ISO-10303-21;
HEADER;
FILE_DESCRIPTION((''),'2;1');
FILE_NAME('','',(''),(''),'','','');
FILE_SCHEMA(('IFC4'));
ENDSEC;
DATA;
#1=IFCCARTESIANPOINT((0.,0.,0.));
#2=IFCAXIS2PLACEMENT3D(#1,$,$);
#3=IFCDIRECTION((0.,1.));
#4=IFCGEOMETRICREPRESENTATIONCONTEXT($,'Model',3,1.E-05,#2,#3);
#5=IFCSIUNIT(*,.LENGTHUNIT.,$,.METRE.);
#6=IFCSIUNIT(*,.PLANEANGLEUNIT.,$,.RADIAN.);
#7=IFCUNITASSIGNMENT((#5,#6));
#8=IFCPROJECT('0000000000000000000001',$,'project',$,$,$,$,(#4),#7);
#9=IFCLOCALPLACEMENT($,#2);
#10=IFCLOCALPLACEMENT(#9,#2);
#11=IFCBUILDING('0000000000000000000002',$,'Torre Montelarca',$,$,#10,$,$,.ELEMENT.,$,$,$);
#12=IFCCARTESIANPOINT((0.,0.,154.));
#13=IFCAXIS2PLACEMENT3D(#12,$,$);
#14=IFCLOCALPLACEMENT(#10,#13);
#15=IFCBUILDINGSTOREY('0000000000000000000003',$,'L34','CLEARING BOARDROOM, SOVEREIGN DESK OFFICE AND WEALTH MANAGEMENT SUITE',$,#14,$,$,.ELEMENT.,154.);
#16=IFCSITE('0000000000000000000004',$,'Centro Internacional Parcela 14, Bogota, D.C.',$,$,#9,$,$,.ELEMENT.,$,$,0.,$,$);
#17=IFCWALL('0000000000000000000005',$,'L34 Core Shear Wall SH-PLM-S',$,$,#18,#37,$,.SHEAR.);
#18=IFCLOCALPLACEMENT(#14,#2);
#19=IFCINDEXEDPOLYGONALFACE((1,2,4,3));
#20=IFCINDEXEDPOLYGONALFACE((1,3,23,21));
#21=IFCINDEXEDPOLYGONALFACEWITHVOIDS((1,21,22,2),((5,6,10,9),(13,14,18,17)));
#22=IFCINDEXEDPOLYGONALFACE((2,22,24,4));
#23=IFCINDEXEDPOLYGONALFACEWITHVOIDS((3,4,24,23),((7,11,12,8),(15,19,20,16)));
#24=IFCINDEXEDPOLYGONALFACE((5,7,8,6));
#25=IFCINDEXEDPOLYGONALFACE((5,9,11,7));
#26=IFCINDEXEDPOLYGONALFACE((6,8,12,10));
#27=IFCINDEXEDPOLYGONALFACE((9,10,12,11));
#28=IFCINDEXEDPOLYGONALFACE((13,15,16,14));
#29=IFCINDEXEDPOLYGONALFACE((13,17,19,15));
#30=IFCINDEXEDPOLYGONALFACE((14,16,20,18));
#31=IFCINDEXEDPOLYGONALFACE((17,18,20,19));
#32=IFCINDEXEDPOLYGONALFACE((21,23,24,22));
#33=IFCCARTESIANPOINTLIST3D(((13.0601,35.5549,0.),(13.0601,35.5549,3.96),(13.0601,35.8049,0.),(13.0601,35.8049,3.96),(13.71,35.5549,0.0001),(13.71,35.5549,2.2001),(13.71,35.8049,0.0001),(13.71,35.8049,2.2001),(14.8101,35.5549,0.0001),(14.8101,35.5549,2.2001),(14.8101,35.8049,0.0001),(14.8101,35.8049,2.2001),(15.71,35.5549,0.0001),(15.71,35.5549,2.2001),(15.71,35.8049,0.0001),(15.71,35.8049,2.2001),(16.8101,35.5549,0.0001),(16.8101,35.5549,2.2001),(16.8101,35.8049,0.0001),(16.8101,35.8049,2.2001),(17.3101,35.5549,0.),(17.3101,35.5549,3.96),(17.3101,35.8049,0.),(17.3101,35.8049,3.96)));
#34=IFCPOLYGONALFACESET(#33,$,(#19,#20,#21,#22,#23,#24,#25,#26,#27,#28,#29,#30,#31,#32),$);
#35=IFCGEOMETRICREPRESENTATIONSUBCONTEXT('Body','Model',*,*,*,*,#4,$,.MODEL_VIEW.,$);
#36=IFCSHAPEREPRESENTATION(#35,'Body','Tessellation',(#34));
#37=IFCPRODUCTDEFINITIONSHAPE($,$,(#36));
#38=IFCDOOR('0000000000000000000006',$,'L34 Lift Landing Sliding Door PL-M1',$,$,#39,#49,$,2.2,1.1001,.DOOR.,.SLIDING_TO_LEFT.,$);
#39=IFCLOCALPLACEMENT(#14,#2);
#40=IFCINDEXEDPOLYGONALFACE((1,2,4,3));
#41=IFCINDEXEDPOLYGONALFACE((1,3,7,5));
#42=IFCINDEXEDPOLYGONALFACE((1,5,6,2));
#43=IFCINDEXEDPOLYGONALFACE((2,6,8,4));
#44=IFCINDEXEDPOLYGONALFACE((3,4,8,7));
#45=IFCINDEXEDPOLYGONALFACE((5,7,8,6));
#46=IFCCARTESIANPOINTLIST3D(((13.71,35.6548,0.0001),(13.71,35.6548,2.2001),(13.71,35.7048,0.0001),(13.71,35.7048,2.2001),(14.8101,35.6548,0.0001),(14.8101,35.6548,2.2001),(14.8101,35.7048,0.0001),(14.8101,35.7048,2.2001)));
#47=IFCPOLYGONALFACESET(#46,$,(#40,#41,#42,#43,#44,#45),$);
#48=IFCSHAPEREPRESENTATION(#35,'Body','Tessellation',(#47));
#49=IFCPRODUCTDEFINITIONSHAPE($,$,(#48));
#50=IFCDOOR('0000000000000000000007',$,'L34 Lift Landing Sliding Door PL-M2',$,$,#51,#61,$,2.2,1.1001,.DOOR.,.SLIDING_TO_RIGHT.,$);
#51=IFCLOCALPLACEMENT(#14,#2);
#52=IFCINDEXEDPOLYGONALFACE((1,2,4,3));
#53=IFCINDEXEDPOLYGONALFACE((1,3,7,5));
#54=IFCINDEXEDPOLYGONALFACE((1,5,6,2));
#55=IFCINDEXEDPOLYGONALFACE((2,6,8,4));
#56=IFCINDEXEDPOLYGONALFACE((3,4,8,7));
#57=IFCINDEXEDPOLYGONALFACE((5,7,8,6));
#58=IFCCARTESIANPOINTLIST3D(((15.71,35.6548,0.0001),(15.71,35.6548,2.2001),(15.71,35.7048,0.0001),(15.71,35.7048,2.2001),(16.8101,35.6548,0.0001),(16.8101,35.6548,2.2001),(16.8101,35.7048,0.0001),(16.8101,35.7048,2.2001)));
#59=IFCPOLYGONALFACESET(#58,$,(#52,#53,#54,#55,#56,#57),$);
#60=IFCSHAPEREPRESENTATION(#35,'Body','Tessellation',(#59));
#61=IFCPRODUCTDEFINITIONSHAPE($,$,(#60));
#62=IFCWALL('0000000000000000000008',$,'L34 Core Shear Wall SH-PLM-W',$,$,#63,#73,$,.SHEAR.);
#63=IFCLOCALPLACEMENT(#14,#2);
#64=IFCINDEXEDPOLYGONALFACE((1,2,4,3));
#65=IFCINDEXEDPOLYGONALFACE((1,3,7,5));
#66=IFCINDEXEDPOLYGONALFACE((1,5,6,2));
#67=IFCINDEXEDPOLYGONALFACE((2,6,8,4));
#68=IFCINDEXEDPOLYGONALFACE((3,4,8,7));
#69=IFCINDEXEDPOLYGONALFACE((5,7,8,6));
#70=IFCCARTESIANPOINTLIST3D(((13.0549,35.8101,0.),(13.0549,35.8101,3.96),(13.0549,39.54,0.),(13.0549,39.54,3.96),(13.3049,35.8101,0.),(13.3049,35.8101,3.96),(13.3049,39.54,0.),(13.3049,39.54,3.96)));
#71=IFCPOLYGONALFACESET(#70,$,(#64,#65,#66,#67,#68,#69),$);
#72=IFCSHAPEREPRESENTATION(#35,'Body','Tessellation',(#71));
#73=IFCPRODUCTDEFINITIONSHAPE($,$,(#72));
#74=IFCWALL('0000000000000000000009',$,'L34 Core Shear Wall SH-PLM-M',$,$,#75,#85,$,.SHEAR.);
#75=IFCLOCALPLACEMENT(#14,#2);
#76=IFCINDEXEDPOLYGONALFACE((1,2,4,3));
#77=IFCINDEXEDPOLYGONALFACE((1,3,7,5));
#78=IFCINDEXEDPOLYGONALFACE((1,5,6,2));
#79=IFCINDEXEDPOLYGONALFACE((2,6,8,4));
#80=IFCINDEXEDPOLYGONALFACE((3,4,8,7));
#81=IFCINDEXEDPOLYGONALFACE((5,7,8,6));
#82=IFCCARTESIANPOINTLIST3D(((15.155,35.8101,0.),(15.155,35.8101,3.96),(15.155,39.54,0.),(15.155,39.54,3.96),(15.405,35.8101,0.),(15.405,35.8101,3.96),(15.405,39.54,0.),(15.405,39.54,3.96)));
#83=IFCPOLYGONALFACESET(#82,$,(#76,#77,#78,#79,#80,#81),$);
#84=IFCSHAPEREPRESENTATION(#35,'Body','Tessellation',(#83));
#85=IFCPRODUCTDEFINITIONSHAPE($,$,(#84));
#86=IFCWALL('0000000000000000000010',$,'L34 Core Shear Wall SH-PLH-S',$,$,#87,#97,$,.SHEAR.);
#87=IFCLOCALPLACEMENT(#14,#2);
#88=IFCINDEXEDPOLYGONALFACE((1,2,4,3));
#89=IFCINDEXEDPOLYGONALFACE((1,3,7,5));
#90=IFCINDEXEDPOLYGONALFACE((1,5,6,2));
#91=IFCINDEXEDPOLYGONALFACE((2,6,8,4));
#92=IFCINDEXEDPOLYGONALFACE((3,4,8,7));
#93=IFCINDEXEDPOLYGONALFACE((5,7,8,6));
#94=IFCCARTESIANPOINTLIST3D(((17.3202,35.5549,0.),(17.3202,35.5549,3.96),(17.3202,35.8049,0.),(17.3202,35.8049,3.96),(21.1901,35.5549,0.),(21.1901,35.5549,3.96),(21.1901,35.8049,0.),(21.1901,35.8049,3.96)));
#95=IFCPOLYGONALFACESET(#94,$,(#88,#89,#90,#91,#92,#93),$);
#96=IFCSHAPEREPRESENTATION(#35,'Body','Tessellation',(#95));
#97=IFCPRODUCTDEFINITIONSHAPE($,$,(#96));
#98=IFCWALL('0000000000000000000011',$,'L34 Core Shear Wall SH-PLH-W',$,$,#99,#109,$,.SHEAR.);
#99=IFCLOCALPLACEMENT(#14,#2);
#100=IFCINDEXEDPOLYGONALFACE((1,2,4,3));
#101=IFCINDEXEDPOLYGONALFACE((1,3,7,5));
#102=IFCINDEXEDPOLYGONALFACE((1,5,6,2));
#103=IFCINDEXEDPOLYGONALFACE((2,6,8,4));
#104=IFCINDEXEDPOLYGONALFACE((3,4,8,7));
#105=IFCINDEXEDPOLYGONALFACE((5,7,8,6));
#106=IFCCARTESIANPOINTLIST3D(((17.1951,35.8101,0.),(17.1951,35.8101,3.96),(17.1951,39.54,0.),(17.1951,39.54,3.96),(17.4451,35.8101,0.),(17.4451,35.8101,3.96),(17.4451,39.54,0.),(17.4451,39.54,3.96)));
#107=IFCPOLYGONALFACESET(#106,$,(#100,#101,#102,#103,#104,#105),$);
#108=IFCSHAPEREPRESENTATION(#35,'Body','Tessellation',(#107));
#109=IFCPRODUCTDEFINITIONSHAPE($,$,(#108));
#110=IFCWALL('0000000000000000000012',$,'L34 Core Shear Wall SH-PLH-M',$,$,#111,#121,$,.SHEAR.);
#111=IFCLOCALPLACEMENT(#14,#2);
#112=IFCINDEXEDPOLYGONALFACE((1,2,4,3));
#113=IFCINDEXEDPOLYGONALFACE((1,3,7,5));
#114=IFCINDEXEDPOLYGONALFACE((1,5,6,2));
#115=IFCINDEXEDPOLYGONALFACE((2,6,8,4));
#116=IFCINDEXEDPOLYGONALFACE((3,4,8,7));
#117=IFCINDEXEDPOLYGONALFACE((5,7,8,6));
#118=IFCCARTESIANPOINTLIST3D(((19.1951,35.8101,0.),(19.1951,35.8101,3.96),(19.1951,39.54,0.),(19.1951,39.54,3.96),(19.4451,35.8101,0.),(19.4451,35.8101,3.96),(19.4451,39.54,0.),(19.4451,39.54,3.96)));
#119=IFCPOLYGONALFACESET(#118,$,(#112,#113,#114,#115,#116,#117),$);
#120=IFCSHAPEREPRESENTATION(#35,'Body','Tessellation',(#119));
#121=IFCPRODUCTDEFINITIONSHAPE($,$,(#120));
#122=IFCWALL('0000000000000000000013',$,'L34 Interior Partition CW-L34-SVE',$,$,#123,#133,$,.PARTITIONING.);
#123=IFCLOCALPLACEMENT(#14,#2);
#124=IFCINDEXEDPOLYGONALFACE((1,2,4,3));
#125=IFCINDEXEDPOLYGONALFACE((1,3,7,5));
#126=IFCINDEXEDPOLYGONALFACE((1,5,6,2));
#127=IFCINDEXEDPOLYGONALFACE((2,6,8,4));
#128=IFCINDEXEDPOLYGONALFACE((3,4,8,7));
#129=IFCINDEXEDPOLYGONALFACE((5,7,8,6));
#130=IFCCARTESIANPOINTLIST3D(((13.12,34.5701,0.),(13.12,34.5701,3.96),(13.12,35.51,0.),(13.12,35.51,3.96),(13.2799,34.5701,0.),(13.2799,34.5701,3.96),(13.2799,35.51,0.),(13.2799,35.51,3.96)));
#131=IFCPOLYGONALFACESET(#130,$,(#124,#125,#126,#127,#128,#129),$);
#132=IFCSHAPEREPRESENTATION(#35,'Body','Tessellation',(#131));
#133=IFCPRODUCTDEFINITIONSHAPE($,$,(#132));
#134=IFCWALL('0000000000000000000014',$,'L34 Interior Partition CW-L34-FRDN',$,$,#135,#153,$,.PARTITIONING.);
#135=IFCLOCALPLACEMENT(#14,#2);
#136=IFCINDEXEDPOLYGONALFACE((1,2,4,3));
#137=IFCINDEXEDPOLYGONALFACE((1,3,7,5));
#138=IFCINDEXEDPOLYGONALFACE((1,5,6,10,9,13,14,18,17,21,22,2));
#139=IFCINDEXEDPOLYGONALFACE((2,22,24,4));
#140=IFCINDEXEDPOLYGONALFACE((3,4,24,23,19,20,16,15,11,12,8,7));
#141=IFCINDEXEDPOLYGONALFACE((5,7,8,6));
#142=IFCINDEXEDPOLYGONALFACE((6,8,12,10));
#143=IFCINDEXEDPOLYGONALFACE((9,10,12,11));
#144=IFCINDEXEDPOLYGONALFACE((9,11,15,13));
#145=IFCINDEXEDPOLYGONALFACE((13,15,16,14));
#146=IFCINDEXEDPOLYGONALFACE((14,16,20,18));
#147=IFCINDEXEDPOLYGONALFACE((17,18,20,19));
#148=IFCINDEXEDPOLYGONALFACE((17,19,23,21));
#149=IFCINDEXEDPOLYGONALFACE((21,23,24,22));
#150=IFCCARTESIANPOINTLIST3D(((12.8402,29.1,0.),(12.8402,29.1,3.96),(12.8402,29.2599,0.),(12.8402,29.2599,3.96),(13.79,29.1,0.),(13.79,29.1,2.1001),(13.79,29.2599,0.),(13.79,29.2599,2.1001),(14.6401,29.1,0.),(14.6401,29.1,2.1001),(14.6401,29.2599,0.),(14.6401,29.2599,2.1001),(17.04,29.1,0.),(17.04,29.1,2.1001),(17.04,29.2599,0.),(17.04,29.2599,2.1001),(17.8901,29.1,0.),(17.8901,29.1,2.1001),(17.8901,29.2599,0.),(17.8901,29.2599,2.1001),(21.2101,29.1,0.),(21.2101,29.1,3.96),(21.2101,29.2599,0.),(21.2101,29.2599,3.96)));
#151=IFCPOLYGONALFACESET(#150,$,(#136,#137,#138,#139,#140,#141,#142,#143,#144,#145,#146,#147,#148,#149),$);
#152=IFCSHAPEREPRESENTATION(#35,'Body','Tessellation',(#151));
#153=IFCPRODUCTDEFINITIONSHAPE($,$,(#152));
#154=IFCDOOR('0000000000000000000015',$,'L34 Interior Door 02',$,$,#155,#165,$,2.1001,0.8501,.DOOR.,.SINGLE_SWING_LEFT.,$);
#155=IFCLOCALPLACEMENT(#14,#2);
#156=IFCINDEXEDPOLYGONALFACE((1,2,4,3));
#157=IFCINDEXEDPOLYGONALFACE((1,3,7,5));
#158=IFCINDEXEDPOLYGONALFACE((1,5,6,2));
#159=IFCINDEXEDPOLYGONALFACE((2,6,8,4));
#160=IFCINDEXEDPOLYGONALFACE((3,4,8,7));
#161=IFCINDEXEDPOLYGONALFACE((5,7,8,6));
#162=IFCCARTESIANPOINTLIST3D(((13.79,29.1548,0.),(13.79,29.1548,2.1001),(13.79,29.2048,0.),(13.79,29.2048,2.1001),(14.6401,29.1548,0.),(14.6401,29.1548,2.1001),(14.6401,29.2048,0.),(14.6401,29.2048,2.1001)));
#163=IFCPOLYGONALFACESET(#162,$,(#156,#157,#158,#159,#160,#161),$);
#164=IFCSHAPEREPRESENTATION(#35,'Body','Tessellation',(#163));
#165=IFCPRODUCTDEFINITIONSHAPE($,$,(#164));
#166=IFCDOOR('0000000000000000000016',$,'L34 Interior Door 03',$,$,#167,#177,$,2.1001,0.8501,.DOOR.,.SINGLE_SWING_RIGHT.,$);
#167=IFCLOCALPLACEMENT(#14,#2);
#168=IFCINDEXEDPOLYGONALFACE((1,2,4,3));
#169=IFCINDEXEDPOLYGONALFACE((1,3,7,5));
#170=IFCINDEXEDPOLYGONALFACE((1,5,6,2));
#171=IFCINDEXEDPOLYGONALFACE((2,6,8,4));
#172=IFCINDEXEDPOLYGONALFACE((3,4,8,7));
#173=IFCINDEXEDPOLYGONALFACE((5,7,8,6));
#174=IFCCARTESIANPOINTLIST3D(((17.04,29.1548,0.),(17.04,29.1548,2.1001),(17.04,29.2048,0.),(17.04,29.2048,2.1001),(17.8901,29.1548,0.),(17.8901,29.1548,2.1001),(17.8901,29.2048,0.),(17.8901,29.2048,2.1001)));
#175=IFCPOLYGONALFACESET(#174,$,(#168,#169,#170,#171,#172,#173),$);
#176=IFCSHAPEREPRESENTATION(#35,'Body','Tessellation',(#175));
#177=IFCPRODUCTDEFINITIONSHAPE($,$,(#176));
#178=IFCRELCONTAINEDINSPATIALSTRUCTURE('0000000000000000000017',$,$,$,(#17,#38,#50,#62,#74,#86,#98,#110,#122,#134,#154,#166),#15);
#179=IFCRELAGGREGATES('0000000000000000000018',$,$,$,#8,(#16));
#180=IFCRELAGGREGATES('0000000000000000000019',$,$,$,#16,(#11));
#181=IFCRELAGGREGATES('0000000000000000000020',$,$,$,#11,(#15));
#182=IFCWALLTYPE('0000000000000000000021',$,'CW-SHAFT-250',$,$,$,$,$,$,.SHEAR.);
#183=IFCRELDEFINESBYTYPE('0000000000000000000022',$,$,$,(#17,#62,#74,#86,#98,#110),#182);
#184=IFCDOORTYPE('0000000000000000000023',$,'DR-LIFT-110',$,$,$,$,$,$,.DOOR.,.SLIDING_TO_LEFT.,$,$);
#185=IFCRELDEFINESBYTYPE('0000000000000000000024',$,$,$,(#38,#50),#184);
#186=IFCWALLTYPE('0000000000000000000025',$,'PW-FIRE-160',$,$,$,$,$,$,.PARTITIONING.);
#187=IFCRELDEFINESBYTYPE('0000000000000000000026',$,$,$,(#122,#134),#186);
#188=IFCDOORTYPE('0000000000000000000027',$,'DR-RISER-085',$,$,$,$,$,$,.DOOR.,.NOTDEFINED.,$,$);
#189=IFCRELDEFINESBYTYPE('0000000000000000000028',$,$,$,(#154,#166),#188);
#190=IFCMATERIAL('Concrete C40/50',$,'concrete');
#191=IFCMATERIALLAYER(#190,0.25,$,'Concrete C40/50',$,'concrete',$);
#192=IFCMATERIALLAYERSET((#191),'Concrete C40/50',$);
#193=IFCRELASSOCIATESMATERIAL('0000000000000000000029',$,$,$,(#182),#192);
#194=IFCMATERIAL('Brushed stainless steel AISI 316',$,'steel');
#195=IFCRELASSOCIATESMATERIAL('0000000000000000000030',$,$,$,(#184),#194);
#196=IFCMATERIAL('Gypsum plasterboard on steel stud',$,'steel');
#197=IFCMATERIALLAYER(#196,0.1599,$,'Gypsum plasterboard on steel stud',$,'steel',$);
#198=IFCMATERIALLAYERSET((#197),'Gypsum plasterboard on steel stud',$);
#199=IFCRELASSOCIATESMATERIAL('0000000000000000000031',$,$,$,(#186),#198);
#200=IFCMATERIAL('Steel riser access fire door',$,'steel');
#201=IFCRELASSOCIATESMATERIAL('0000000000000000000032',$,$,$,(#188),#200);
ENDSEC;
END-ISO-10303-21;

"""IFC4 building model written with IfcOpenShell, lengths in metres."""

from ifc_helpers import new_model, si_unit, direction, frame, frame_2d, origin, place, context, subcontext, project, spatial, rectangle, extrude, source, transform, mapped, material, layer, layer_set, type_object, element, fill, save


model = new_model("IFC4")

# Units and contexts
model_context = context("Model", 3, precision=1e-05, world=origin(), true_north=direction((0.0, 1.0)))
body_context = subcontext(model_context, "Body", "Model", "MODEL_VIEW")
ifc_project = project(units=[si_unit("LENGTHUNIT", "METRE"), si_unit("PLANEANGLEUNIT", "RADIAN")], contexts=[model_context])

# Site, building, storey
site_placement = place(None, origin())
site = spatial("IfcSite", under=ifc_project, at=site_placement, Name="Centro Internacional Parcela 14, Bogota, D.C.", CompositionType="ELEMENT", RefElevation=0.0)
building_placement = place(site_placement, origin())
building = spatial("IfcBuilding", under=site, at=building_placement, Name="Torre Montelarca", CompositionType="ELEMENT")
storey_placement = place(building_placement, frame((0.0, 0.0, 154.0)))
storey = spatial("IfcBuildingStorey", under=building, at=storey_placement, Name="L34", Description="CLEARING BOARDROOM, SOVEREIGN DESK OFFICE AND WEALTH MANAGEMENT SUITE", CompositionType="ELEMENT", Elevation=154.0)

# Shared definitions
ifc_material_1 = material(Name="Concrete C40/50", Category="concrete")
ifc_layer_1 = layer(ifc_material_1, 0.25, Name="Concrete C40/50", Category="concrete")
ifc_layer_set_1 = layer_set([ifc_layer_1], Name="Concrete C40/50")
wall_type_1 = type_object("IfcWallType", Name="CW-SHAFT-250", PredefinedType="SHEAR", material=ifc_layer_set_1)

# Wall, openings, doors
ifc_material_2 = material(Name="Brushed stainless steel AISI 316", Category="steel")
wall_1_placement = place(storey_placement, frame((13.0601, 35.6799, 0.0), z_axis=(0.0, 0.0, 1.0), x_axis=(1.0, 0.0, 0.0)))
wall_1 = element("IfcWall", 1, at=wall_1_placement, inside=storey, type_object=wall_type_1, Name="L34 Core Shear Wall SH-PLM-S", PredefinedType="SHEAR", context=body_context, shape_type="SweptSolid", body=[
    extrude(rectangle(XDim=4.25, YDim=0.25, at=frame_2d((2.125, 0.0))), origin(), (0.0, 0.0, 1.0), 3.96),
])
opening_1_placement = place(wall_1_placement, frame((0.6499, 0.0, 0.0)))
opening_1 = element("IfcOpeningElement", 2, at=opening_1_placement, cuts=wall_1, PredefinedType="OPENING", context=body_context, shape_type="SweptSolid", body=[
    extrude(rectangle(XDim=1.1001, YDim=2.2, at=frame_2d((0.55, 1.1001))), frame((0.0, 0.135, 0.0), z_axis=(0.0, -1.0, 0.0), x_axis=(1.0, 0.0, 0.0)), (0.0, 0.0, 1.0), 0.27),
])
opening_2_placement = place(wall_1_placement, frame((2.6499, 0.0, 0.0)))
opening_2 = element("IfcOpeningElement", 3, at=opening_2_placement, cuts=wall_1, PredefinedType="OPENING", context=body_context, shape_type="SweptSolid", body=[
    extrude(rectangle(XDim=1.1001, YDim=2.2, at=frame_2d((0.55, 1.1001))), frame((0.0, 0.135, 0.0), z_axis=(0.0, -1.0, 0.0), x_axis=(1.0, 0.0, 0.0)), (0.0, 0.0, 1.0), 0.27),
])
door_type_1 = type_object("IfcDoorType", Name="DR-LIFT-110", OperationType="SLIDING_TO_LEFT", PredefinedType="DOOR", material=ifc_material_2)
shared_shape_1 = source(origin(), body_context, "Body", "SweptSolid", [
    extrude(rectangle(XDim=1.1001, YDim=2.2, at=frame_2d((0.55, 1.1001))), frame((0.0, 0.0249, 0.0), z_axis=(0.0, -1.0, 0.0), x_axis=(1.0, 0.0, 0.0)), (0.0, 0.0, 1.0), 0.05),
])
door_1_placement = place(opening_1_placement, origin())
door_1 = element("IfcDoor", 4, at=door_1_placement, inside=storey, type_object=door_type_1, Name="L34 Lift Landing Sliding Door PL-M1", OperationType="SLIDING_TO_LEFT", OverallHeight=2.2, OverallWidth=1.1001, PredefinedType="DOOR", context=body_context, shape_type="MappedRepresentation", body=[
    mapped(shared_shape_1, transform((0.0, 0.0, 0.0), scale=1.0)),
])
fill(opening_1, door_1)
door_2_placement = place(opening_2_placement, origin())
door_2 = element("IfcDoor", 5, at=door_2_placement, inside=storey, type_object=door_type_1, Name="L34 Lift Landing Sliding Door PL-M2", OperationType="SLIDING_TO_RIGHT", OverallHeight=2.2, OverallWidth=1.1001, PredefinedType="DOOR", context=body_context, shape_type="MappedRepresentation", body=[
    mapped(shared_shape_1, transform((0.0, 0.0, 0.0), scale=1.0)),
])
fill(opening_2, door_2)

# Walls
for number, where, z_axis, x_axis, name in (
    (6, (13.1799, 35.8101, 0.0), (0.0, 0.0, 1.0), (0.0, 1.0, 0.0), "L34 Core Shear Wall SH-PLM-W"),
    (7, (15.28, 35.8101, 0.0), (0.0, 0.0, 1.0), (0.0, 1.0, 0.0), "L34 Core Shear Wall SH-PLM-M"),
):
    element("IfcWall", number, at=place(storey_placement, frame(where, z_axis=z_axis, x_axis=x_axis)), inside=storey, type_object=wall_type_1, Name=name, PredefinedType="SHEAR", context=body_context, shape_type="SweptSolid", body=[
        extrude(rectangle(XDim=3.73, YDim=0.25, at=frame_2d((1.865, 0.0))), origin(), (0.0, 0.0, 1.0), 3.96),
    ])
wall_2_placement = place(storey_placement, frame((17.3201, 35.6799, 0.0), z_axis=(0.0, 0.0, 1.0), x_axis=(1.0, 0.0, 0.0)))
element("IfcWall", 8, at=wall_2_placement, inside=storey, type_object=wall_type_1, Name="L34 Core Shear Wall SH-PLH-S", PredefinedType="SHEAR", context=body_context, shape_type="SweptSolid", body=[
    extrude(rectangle(XDim=3.8699, YDim=0.25, at=frame_2d((1.9351, 0.0))), origin(), (0.0, 0.0, 1.0), 3.96),
])
for number, where, z_axis, x_axis, name in (
    (9, (17.3201, 35.8101, 0.0), (0.0, 0.0, 1.0), (0.0, 1.0, 0.0), "L34 Core Shear Wall SH-PLH-W"),
    (10, (19.3201, 35.8101, 0.0), (0.0, 0.0, 1.0), (0.0, 1.0, 0.0), "L34 Core Shear Wall SH-PLH-M"),
):
    element("IfcWall", number, at=place(storey_placement, frame(where, z_axis=z_axis, x_axis=x_axis)), inside=storey, type_object=wall_type_1, Name=name, PredefinedType="SHEAR", context=body_context, shape_type="SweptSolid", body=[
        extrude(rectangle(XDim=3.73, YDim=0.25, at=frame_2d((1.865, 0.0))), origin(), (0.0, 0.0, 1.0), 3.96),
    ])
ifc_material_3 = material(Name="Gypsum plasterboard on steel stud", Category="steel")
ifc_layer_2 = layer(ifc_material_3, 0.1599, Name="Gypsum plasterboard on steel stud", Category="steel")
ifc_layer_set_2 = layer_set([ifc_layer_2], Name="Gypsum plasterboard on steel stud")
wall_type_2 = type_object("IfcWallType", Name="PW-FIRE-160", PredefinedType="PARTITIONING", material=ifc_layer_set_2)
wall_3_placement = place(storey_placement, frame((13.2, 34.5701, 0.0), z_axis=(0.0, 0.0, 1.0), x_axis=(0.0, 1.0, 0.0)))
element("IfcWall", 11, at=wall_3_placement, inside=storey, type_object=wall_type_2, Name="L34 Interior Partition CW-L34-SVE", PredefinedType="PARTITIONING", context=body_context, shape_type="SweptSolid", body=[
    extrude(rectangle(XDim=0.9399, YDim=0.1599, at=frame_2d((0.47, 0.0))), origin(), (0.0, 0.0, 1.0), 3.96),
])

# Wall, openings, doors
wall_4_placement = place(storey_placement, frame((12.8401, 29.1799, 0.0), z_axis=(0.0, 0.0, 1.0), x_axis=(1.0, 0.0, 0.0)))
wall_4 = element("IfcWall", 12, at=wall_4_placement, inside=storey, type_object=wall_type_2, Name="L34 Interior Partition CW-L34-FRDN", PredefinedType="PARTITIONING", context=body_context, shape_type="SweptSolid", body=[
    extrude(rectangle(XDim=8.3699, YDim=0.1599, at=frame_2d((4.1851, 0.0))), origin(), (0.0, 0.0, 1.0), 3.96),
])
opening_3_placement = place(wall_4_placement, frame((0.95, 0.0, 0.0)))
opening_3 = element("IfcOpeningElement", 13, at=opening_3_placement, cuts=wall_4, PredefinedType="OPENING", context=body_context, shape_type="SweptSolid", body=[
    extrude(rectangle(XDim=0.8501, YDim=2.1001, at=frame_2d((0.425, 1.05))), frame((0.0, 0.0898, 0.0), z_axis=(0.0, -1.0, 0.0), x_axis=(1.0, 0.0, 0.0)), (0.0, 0.0, 1.0), 0.1799),
])
opening_4_placement = place(wall_4_placement, frame((4.2, 0.0, 0.0)))
opening_4 = element("IfcOpeningElement", 14, at=opening_4_placement, cuts=wall_4, PredefinedType="OPENING", context=body_context, shape_type="SweptSolid", body=[
    extrude(rectangle(XDim=0.8501, YDim=2.1001, at=frame_2d((0.425, 1.05))), frame((0.0, 0.0898, 0.0), z_axis=(0.0, -1.0, 0.0), x_axis=(1.0, 0.0, 0.0)), (0.0, 0.0, 1.0), 0.1799),
])
ifc_material_4 = material(Name="Steel riser access fire door", Category="steel")
door_type_2 = type_object("IfcDoorType", Name="DR-RISER-085", OperationType="NOTDEFINED", PredefinedType="DOOR", material=ifc_material_4)
shared_shape_2 = source(origin(), body_context, "Body", "SweptSolid", [
    extrude(rectangle(XDim=0.8501, YDim=2.1001, at=frame_2d((0.425, 1.05))), frame((0.0, 0.0249, 0.0), z_axis=(0.0, -1.0, 0.0), x_axis=(1.0, 0.0, 0.0)), (0.0, 0.0, 1.0), 0.05),
])
door_3_placement = place(opening_3_placement, origin())
door_3 = element("IfcDoor", 15, at=door_3_placement, inside=storey, type_object=door_type_2, Name="L34 Interior Door 02", OperationType="SINGLE_SWING_LEFT", OverallHeight=2.1001, OverallWidth=0.8501, PredefinedType="DOOR", context=body_context, shape_type="MappedRepresentation", body=[
    mapped(shared_shape_2, transform((0.0, 0.0, 0.0), scale=1.0)),
])
fill(opening_3, door_3)
door_4_placement = place(opening_4_placement, origin())
door_4 = element("IfcDoor", 16, at=door_4_placement, inside=storey, type_object=door_type_2, Name="L34 Interior Door 03", OperationType="SINGLE_SWING_RIGHT", OverallHeight=2.1001, OverallWidth=0.8501, PredefinedType="DOOR", context=body_context, shape_type="MappedRepresentation", body=[
    mapped(shared_shape_2, transform((0.0, 0.0, 0.0), scale=1.0)),
])
fill(opening_4, door_4)

save(model, "model.ifc")
